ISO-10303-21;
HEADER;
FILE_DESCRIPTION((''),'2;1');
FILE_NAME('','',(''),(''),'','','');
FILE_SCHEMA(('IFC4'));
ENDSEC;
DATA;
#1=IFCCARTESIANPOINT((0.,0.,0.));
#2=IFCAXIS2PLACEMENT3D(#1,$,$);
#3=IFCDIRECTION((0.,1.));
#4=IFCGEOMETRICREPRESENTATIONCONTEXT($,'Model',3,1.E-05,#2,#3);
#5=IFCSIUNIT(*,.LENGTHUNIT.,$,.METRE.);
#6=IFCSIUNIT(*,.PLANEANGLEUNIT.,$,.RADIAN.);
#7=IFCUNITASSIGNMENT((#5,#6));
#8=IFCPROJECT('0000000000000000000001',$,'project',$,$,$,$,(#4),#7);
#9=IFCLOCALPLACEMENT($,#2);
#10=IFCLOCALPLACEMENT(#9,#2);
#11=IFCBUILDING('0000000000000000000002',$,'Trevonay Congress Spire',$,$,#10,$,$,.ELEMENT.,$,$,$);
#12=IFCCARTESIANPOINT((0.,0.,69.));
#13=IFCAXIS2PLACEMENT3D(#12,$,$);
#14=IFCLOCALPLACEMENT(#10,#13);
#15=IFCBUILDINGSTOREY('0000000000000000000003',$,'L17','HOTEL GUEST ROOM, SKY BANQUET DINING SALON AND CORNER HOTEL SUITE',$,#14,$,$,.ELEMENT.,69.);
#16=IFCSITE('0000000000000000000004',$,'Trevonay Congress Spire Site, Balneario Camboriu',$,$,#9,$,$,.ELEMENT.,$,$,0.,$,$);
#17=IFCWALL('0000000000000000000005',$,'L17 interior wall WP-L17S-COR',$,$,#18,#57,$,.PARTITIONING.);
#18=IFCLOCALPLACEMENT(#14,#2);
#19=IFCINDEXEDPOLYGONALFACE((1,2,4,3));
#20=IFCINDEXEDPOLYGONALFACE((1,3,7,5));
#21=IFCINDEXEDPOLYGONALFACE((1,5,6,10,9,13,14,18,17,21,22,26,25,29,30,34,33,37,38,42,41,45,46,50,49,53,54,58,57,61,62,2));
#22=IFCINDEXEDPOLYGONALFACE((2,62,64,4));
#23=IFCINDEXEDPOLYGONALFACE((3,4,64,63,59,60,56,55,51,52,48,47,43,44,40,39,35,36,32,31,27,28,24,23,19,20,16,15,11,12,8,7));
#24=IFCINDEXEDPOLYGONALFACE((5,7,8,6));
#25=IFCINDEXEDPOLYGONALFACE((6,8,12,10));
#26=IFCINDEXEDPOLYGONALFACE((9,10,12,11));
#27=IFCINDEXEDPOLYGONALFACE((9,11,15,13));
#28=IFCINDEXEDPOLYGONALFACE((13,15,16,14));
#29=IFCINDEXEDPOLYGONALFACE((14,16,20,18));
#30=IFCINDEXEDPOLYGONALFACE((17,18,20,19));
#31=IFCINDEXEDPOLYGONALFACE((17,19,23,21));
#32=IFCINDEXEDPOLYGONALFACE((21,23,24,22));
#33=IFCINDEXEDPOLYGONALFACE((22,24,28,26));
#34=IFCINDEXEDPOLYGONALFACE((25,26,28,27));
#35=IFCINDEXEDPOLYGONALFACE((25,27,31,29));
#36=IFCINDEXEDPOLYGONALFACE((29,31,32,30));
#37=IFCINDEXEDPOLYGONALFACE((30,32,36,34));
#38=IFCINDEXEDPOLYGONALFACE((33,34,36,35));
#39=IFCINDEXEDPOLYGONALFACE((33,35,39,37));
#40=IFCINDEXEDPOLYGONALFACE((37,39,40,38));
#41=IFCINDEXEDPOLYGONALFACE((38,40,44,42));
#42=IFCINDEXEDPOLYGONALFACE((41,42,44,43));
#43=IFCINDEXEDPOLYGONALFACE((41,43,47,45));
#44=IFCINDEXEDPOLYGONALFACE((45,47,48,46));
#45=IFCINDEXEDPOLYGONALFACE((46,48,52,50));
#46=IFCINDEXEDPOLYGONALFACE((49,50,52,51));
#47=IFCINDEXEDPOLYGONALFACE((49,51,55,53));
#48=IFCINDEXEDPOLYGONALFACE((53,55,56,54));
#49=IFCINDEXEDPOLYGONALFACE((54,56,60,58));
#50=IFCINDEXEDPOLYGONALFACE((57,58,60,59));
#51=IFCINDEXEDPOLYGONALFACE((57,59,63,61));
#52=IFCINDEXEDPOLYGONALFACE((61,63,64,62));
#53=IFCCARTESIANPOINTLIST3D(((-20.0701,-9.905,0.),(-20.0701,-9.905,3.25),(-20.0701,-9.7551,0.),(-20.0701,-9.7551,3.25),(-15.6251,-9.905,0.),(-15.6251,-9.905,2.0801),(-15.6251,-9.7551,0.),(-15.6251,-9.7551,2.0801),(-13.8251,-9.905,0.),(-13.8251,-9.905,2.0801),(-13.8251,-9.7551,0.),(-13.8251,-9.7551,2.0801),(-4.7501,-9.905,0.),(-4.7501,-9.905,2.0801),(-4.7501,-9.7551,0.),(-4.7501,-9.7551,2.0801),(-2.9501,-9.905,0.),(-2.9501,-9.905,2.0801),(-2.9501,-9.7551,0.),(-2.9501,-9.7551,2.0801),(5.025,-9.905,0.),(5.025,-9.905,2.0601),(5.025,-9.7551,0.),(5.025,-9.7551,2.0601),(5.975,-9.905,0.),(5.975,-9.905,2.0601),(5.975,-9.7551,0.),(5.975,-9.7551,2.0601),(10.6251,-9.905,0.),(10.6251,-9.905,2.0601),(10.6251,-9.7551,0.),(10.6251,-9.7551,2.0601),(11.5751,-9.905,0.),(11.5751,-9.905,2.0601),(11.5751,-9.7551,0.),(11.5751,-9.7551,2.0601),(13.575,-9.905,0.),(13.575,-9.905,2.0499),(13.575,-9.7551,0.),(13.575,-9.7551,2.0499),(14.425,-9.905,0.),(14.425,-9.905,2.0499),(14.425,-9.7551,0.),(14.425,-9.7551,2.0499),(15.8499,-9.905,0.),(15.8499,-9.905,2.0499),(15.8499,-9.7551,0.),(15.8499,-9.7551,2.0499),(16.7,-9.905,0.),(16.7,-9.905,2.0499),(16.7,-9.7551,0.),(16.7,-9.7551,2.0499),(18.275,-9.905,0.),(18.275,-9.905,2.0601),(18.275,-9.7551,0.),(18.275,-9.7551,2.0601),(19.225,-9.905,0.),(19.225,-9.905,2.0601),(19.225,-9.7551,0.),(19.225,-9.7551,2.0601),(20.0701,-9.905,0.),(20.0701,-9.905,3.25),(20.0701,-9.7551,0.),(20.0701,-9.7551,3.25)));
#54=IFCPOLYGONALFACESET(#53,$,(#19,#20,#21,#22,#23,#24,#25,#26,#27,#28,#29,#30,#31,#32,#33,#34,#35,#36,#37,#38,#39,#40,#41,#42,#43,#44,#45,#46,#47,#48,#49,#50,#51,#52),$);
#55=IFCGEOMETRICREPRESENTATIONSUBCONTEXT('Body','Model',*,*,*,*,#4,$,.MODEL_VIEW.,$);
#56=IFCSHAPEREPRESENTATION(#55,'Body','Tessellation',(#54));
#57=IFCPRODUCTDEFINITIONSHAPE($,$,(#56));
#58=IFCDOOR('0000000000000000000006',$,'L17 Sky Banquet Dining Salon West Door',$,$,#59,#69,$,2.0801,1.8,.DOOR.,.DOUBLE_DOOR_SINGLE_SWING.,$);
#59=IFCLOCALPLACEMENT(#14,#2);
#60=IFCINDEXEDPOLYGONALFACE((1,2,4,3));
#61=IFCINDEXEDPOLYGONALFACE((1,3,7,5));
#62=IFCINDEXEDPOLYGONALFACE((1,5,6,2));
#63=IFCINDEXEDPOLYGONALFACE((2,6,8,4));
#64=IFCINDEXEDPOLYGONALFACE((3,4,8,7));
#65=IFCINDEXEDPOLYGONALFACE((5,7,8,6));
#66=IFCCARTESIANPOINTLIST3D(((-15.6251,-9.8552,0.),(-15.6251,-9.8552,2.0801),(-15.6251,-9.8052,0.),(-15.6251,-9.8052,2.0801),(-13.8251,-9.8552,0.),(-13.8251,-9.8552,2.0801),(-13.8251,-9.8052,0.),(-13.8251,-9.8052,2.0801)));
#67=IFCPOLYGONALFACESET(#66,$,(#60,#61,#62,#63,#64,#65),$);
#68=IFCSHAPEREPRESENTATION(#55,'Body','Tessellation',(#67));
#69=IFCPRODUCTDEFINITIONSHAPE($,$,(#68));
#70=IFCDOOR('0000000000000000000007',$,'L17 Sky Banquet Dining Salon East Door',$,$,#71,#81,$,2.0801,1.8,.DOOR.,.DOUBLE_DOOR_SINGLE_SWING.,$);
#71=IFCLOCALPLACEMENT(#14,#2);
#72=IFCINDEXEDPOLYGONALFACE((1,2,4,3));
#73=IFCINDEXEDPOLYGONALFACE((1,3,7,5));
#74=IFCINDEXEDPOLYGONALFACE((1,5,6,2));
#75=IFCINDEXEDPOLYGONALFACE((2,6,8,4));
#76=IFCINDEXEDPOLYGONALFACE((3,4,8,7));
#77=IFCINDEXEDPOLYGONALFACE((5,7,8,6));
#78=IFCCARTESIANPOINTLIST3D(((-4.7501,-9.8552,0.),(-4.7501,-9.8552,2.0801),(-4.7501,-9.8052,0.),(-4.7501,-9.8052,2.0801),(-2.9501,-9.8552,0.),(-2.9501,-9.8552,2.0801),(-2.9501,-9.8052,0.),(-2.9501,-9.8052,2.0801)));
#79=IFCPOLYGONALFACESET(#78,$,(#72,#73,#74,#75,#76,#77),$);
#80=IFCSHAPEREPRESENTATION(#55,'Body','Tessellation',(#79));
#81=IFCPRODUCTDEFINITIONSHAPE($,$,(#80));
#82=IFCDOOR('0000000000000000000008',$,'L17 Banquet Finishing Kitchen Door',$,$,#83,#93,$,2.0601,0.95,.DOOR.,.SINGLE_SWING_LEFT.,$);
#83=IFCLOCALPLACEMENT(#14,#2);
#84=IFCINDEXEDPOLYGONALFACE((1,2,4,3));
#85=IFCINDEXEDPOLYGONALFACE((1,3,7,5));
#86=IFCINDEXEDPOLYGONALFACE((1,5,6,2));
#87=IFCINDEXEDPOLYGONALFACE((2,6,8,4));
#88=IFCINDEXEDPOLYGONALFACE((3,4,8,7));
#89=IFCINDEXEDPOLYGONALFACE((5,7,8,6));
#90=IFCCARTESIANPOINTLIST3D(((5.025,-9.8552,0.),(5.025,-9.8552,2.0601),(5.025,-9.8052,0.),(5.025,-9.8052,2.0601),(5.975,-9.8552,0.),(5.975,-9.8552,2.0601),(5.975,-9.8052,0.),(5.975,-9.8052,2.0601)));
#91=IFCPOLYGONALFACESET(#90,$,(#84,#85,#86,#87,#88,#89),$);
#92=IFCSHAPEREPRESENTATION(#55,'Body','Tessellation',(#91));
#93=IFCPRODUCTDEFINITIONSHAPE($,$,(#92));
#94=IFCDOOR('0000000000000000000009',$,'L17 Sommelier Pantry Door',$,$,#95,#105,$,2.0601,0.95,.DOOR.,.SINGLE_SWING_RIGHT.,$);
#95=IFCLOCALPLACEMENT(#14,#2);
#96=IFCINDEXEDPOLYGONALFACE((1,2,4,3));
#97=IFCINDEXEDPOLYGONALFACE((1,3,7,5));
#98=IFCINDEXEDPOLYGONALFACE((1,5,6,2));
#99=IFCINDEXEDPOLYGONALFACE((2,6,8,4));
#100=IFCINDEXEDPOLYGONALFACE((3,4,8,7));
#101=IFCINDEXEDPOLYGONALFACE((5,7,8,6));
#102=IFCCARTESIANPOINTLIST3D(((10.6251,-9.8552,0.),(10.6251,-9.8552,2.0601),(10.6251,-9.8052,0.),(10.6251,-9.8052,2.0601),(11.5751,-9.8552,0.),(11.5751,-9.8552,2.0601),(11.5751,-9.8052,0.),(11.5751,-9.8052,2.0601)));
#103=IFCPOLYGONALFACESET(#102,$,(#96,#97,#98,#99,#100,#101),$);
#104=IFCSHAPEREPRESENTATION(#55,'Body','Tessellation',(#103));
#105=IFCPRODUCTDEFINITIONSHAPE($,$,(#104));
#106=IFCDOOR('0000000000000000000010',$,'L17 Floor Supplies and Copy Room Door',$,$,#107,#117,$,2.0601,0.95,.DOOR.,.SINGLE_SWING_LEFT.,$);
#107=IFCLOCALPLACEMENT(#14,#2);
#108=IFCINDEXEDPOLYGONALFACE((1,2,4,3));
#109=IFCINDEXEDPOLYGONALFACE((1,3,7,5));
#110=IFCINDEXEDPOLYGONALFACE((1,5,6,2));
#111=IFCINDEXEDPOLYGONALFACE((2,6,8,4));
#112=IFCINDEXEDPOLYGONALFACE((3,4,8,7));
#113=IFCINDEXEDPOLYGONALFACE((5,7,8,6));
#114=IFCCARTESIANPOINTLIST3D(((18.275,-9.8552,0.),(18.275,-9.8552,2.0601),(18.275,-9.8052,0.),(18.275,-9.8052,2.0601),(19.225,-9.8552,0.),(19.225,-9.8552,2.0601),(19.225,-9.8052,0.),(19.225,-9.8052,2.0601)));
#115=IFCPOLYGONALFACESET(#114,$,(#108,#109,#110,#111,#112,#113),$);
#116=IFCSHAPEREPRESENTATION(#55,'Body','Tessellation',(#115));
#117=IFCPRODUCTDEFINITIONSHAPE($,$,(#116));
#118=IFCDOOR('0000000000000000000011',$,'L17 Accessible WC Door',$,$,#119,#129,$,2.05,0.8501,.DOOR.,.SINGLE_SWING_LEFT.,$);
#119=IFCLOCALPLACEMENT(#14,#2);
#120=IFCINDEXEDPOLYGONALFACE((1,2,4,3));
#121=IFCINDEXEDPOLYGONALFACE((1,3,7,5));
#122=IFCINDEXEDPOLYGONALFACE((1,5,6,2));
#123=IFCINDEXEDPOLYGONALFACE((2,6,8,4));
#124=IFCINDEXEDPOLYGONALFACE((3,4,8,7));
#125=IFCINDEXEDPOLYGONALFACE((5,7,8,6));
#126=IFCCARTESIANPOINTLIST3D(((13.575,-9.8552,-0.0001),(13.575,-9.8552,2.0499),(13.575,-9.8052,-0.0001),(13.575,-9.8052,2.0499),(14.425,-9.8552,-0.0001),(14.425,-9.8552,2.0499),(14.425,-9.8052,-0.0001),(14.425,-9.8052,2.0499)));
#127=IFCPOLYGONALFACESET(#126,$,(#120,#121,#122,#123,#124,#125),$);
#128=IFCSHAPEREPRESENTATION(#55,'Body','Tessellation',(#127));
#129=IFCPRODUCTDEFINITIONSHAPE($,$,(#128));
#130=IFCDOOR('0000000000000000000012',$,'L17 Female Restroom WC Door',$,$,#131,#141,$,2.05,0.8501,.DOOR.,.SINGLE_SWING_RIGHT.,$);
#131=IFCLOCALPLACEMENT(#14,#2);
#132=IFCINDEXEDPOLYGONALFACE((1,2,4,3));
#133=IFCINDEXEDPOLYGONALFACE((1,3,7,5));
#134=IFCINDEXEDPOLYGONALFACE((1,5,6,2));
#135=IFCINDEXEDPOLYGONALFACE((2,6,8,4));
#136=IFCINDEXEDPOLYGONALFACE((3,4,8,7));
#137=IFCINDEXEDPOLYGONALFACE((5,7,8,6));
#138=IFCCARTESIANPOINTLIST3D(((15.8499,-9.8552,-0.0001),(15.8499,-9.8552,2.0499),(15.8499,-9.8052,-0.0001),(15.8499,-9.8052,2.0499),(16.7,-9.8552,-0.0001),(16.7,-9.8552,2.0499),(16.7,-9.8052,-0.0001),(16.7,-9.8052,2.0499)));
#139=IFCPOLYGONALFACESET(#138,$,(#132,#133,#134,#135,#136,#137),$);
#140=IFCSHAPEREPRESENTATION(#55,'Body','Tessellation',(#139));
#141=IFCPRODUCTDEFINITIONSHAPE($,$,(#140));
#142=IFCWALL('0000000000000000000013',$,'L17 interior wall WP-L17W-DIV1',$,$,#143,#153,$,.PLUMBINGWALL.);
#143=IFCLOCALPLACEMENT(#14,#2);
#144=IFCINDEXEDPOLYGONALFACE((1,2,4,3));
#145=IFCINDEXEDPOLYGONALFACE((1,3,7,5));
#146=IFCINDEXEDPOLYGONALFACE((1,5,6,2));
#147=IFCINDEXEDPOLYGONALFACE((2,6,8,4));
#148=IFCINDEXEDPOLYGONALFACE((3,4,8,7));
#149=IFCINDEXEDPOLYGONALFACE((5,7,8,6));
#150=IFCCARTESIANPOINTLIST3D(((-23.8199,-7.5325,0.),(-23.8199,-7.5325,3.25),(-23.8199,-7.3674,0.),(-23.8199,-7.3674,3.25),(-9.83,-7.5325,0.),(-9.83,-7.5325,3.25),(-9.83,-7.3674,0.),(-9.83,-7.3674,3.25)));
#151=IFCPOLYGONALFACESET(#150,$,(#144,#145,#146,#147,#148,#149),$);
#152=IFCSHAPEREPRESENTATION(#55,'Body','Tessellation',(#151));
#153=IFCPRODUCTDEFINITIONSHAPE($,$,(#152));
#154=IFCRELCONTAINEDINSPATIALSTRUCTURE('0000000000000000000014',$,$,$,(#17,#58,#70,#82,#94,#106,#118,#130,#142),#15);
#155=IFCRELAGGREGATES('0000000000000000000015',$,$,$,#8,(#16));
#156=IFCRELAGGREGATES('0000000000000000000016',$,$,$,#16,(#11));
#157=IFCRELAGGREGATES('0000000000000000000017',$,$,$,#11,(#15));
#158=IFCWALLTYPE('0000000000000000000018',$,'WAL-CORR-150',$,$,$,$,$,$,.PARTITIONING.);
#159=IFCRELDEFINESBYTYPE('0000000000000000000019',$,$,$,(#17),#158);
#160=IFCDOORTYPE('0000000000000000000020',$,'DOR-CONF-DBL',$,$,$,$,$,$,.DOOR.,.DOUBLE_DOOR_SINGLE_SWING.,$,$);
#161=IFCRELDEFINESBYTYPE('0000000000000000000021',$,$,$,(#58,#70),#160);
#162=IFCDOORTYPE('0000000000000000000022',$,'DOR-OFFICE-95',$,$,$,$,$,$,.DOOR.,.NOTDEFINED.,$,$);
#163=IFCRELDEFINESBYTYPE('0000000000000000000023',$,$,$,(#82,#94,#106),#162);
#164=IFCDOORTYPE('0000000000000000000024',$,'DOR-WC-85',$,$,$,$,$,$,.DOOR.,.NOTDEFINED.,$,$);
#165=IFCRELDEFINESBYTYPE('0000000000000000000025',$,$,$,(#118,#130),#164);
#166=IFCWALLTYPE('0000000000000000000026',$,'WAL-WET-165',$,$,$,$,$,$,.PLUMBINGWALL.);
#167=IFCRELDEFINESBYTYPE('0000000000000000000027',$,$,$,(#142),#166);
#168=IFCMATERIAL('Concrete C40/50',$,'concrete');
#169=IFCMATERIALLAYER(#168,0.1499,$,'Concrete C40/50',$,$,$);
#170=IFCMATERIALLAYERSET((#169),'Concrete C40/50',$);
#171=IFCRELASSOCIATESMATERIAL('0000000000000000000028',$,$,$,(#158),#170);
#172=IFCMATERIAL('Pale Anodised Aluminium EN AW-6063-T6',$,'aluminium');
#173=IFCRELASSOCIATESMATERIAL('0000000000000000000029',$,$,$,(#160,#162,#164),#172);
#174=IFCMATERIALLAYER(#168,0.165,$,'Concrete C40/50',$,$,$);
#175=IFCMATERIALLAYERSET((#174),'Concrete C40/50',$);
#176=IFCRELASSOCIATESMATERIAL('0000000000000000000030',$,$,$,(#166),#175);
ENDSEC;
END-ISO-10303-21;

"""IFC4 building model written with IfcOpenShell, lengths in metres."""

from ifc_helpers import new_model, si_unit, direction, frame, frame_2d, origin, place, context, subcontext, project, spatial, rectangle, extrude, material, layer, layer_set, type_object, element, fill, save


model = new_model("IFC4")

# Units and contexts
model_context = context("Model", 3, precision=1e-05, world=origin(), true_north=direction((0.0, 1.0)))
body_context = subcontext(model_context, "Body", "Model", "MODEL_VIEW")
ifc_project = project(units=[si_unit("LENGTHUNIT", "METRE"), si_unit("PLANEANGLEUNIT", "RADIAN")], contexts=[model_context])

# Site, building, storey
site_placement = place(None, origin())
site = spatial("IfcSite", under=ifc_project, at=site_placement, Name="Trevonay Congress Spire Site, Balneario Camboriu", CompositionType="ELEMENT", RefElevation=0.0)
building_placement = place(site_placement, origin())
building = spatial("IfcBuilding", under=site, at=building_placement, Name="Trevonay Congress Spire", CompositionType="ELEMENT")
storey_placement = place(building_placement, frame((0.0, 0.0, 69.0)))
storey = spatial("IfcBuildingStorey", under=building, at=storey_placement, Name="L17", Description="HOTEL GUEST ROOM, SKY BANQUET DINING SALON AND CORNER HOTEL SUITE", CompositionType="ELEMENT", Elevation=69.0)

# Shared definitions
ifc_material_1 = material(Name="Pale Anodised Aluminium EN AW-6063-T6", Category="aluminium")

# Wall, openings, doors
ifc_material_2 = material(Name="Concrete C40/50", Category="concrete")
ifc_layer_1 = layer(ifc_material_2, 0.1499, Name="Concrete C40/50")
ifc_layer_set_1 = layer_set([ifc_layer_1], Name="Concrete C40/50")
wall_type_1 = type_object("IfcWallType", Name="WAL-CORR-150", PredefinedType="PARTITIONING", material=ifc_layer_set_1)
wall_1_placement = place(storey_placement, frame((-20.0701, -9.8301, 0.0), z_axis=(0.0, 0.0, 1.0), x_axis=(1.0, 0.0, 0.0)))
wall_1 = element("IfcWall", 1, at=wall_1_placement, inside=storey, type_object=wall_type_1, Name="L17 interior wall WP-L17S-COR", PredefinedType="PARTITIONING", context=body_context, shape_type="SweptSolid", body=[
    extrude(rectangle(XDim=40.1401, YDim=0.1499, at=frame_2d((20.0701, 0.0))), origin(), (0.0, 0.0, 1.0), 3.25),
])
opening_1_placement = place(wall_1_placement, frame((4.4451, 0.0, 0.0)))
opening_1 = element("IfcOpeningElement", 2, at=opening_1_placement, cuts=wall_1, PredefinedType="OPENING", context=body_context, shape_type="SweptSolid", body=[
    extrude(rectangle(XDim=1.8, YDim=2.0801, at=frame_2d((0.8999, 1.04))), frame((0.0, 0.085, 0.0), z_axis=(0.0, -1.0, 0.0), x_axis=(1.0, 0.0, 0.0)), (0.0, 0.0, 1.0), 0.1699),
])
opening_2_placement = place(wall_1_placement, frame((15.3201, 0.0, 0.0)))
opening_2 = element("IfcOpeningElement", 3, at=opening_2_placement, cuts=wall_1, PredefinedType="OPENING", context=body_context, shape_type="SweptSolid", body=[
    extrude(rectangle(XDim=1.8, YDim=2.0801, at=frame_2d((0.8999, 1.04))), frame((0.0, 0.085, 0.0), z_axis=(0.0, -1.0, 0.0), x_axis=(1.0, 0.0, 0.0)), (0.0, 0.0, 1.0), 0.1699),
])
opening_3_placement = place(wall_1_placement, frame((25.095, 0.0, 0.0)))
opening_3 = element("IfcOpeningElement", 4, at=opening_3_placement, cuts=wall_1, PredefinedType="OPENING", context=body_context, shape_type="SweptSolid", body=[
    extrude(rectangle(XDim=0.95, YDim=2.0601, at=frame_2d((0.4751, 1.03))), frame((0.0, 0.085, 0.0), z_axis=(0.0, -1.0, 0.0), x_axis=(1.0, 0.0, 0.0)), (0.0, 0.0, 1.0), 0.1699),
])
opening_4_placement = place(wall_1_placement, frame((30.6951, 0.0, 0.0)))
opening_4 = element("IfcOpeningElement", 5, at=opening_4_placement, cuts=wall_1, PredefinedType="OPENING", context=body_context, shape_type="SweptSolid", body=[
    extrude(rectangle(XDim=0.95, YDim=2.0601, at=frame_2d((0.4751, 1.03))), frame((0.0, 0.085, 0.0), z_axis=(0.0, -1.0, 0.0), x_axis=(1.0, 0.0, 0.0)), (0.0, 0.0, 1.0), 0.1699),
])
opening_5_placement = place(wall_1_placement, frame((33.645, 0.0, 0.0)))
opening_5 = element("IfcOpeningElement", 6, at=opening_5_placement, cuts=wall_1, PredefinedType="OPENING", context=body_context, shape_type="SweptSolid", body=[
    extrude(rectangle(XDim=0.8501, YDim=2.05, at=frame_2d((0.425, 1.0249))), frame((0.0, 0.085, 0.0), z_axis=(0.0, -1.0, 0.0), x_axis=(1.0, 0.0, 0.0)), (0.0, 0.0, 1.0), 0.1699),
])
opening_6_placement = place(wall_1_placement, frame((35.9199, 0.0, 0.0)))
opening_6 = element("IfcOpeningElement", 7, at=opening_6_placement, cuts=wall_1, PredefinedType="OPENING", context=body_context, shape_type="SweptSolid", body=[
    extrude(rectangle(XDim=0.8501, YDim=2.05, at=frame_2d((0.425, 1.0249))), frame((0.0, 0.085, 0.0), z_axis=(0.0, -1.0, 0.0), x_axis=(1.0, 0.0, 0.0)), (0.0, 0.0, 1.0), 0.1699),
])
opening_7_placement = place(wall_1_placement, frame((38.345, 0.0, 0.0)))
opening_7 = element("IfcOpeningElement", 8, at=opening_7_placement, cuts=wall_1, PredefinedType="OPENING", context=body_context, shape_type="SweptSolid", body=[
    extrude(rectangle(XDim=0.95, YDim=2.0601, at=frame_2d((0.4751, 1.03))), frame((0.0, 0.085, 0.0), z_axis=(0.0, -1.0, 0.0), x_axis=(1.0, 0.0, 0.0)), (0.0, 0.0, 1.0), 0.1699),
])
door_type_1 = type_object("IfcDoorType", Name="DOR-CONF-DBL", OperationType="DOUBLE_DOOR_SINGLE_SWING", PredefinedType="DOOR", material=ifc_material_1)
door_1_placement = place(opening_1_placement, origin())
door_1 = element("IfcDoor", 9, at=door_1_placement, inside=storey, type_object=door_type_1, Name="L17 Sky Banquet Dining Salon West Door", OperationType="DOUBLE_DOOR_SINGLE_SWING", OverallHeight=2.0801, OverallWidth=1.8, PredefinedType="DOOR", context=body_context, shape_type="SweptSolid", body=[
    extrude(rectangle(XDim=1.8, YDim=2.0801, at=frame_2d((0.8999, 1.04))), frame((0.0, 0.0249, 0.0), z_axis=(0.0, -1.0, 0.0), x_axis=(1.0, 0.0, 0.0)), (0.0, 0.0, 1.0), 0.05),
])
fill(opening_1, door_1)
door_2_placement = place(opening_2_placement, origin())
door_2 = element("IfcDoor", 10, at=door_2_placement, inside=storey, type_object=door_type_1, Name="L17 Sky Banquet Dining Salon East Door", OperationType="DOUBLE_DOOR_SINGLE_SWING", OverallHeight=2.0801, OverallWidth=1.8, PredefinedType="DOOR", context=body_context, shape_type="SweptSolid", body=[
    extrude(rectangle(XDim=1.8, YDim=2.0801, at=frame_2d((0.8999, 1.04))), frame((0.0, 0.0249, 0.0), z_axis=(0.0, -1.0, 0.0), x_axis=(1.0, 0.0, 0.0)), (0.0, 0.0, 1.0), 0.05),
])
fill(opening_2, door_2)
door_type_2 = type_object("IfcDoorType", Name="DOR-OFFICE-95", OperationType="NOTDEFINED", PredefinedType="DOOR", material=ifc_material_1)
door_3_placement = place(opening_3_placement, origin())
door_3 = element("IfcDoor", 11, at=door_3_placement, inside=storey, type_object=door_type_2, Name="L17 Banquet Finishing Kitchen Door", OperationType="SINGLE_SWING_LEFT", OverallHeight=2.0601, OverallWidth=0.95, PredefinedType="DOOR", context=body_context, shape_type="SweptSolid", body=[
    extrude(rectangle(XDim=0.95, YDim=2.0601, at=frame_2d((0.4751, 1.03))), frame((0.0, 0.0249, 0.0), z_axis=(0.0, -1.0, 0.0), x_axis=(1.0, 0.0, 0.0)), (0.0, 0.0, 1.0), 0.05),
])
fill(opening_3, door_3)
door_4_placement = place(opening_4_placement, origin())
door_4 = element("IfcDoor", 12, at=door_4_placement, inside=storey, type_object=door_type_2, Name="L17 Sommelier Pantry Door", OperationType="SINGLE_SWING_RIGHT", OverallHeight=2.0601, OverallWidth=0.95, PredefinedType="DOOR", context=body_context, shape_type="SweptSolid", body=[
    extrude(rectangle(XDim=0.95, YDim=2.0601, at=frame_2d((0.4751, 1.03))), frame((0.0, 0.0249, 0.0), z_axis=(0.0, -1.0, 0.0), x_axis=(1.0, 0.0, 0.0)), (0.0, 0.0, 1.0), 0.05),
])
fill(opening_4, door_4)
door_5_placement = place(opening_7_placement, origin())
door_5 = element("IfcDoor", 13, at=door_5_placement, inside=storey, type_object=door_type_2, Name="L17 Floor Supplies and Copy Room Door", OperationType="SINGLE_SWING_LEFT", OverallHeight=2.0601, OverallWidth=0.95, PredefinedType="DOOR", context=body_context, shape_type="SweptSolid", body=[
    extrude(rectangle(XDim=0.95, YDim=2.0601, at=frame_2d((0.4751, 1.03))), frame((0.0, 0.0249, 0.0), z_axis=(0.0, -1.0, 0.0), x_axis=(1.0, 0.0, 0.0)), (0.0, 0.0, 1.0), 0.05),
])
fill(opening_7, door_5)
door_type_3 = type_object("IfcDoorType", Name="DOR-WC-85", OperationType="NOTDEFINED", PredefinedType="DOOR", material=ifc_material_1)
door_6_placement = place(opening_5_placement, origin())
door_6 = element("IfcDoor", 14, at=door_6_placement, inside=storey, type_object=door_type_3, Name="L17 Accessible WC Door", OperationType="SINGLE_SWING_LEFT", OverallHeight=2.05, OverallWidth=0.8501, PredefinedType="DOOR", context=body_context, shape_type="SweptSolid", body=[
    extrude(rectangle(XDim=0.8501, YDim=2.05, at=frame_2d((0.425, 1.0249))), frame((0.0, 0.0249, 0.0), z_axis=(0.0, -1.0, 0.0), x_axis=(1.0, 0.0, 0.0)), (0.0, 0.0, 1.0), 0.05),
])
fill(opening_5, door_6)
door_7_placement = place(opening_6_placement, origin())
door_7 = element("IfcDoor", 15, at=door_7_placement, inside=storey, type_object=door_type_3, Name="L17 Female Restroom WC Door", OperationType="SINGLE_SWING_RIGHT", OverallHeight=2.05, OverallWidth=0.8501, PredefinedType="DOOR", context=body_context, shape_type="SweptSolid", body=[
    extrude(rectangle(XDim=0.8501, YDim=2.05, at=frame_2d((0.425, 1.0249))), frame((0.0, 0.0249, 0.0), z_axis=(0.0, -1.0, 0.0), x_axis=(1.0, 0.0, 0.0)), (0.0, 0.0, 1.0), 0.05),
])
fill(opening_6, door_7)

# Wall
ifc_layer_2 = layer(ifc_material_2, 0.165, Name="Concrete C40/50")
ifc_layer_set_2 = layer_set([ifc_layer_2], Name="Concrete C40/50")
wall_type_2 = type_object("IfcWallType", Name="WAL-WET-165", PredefinedType="PLUMBINGWALL", material=ifc_layer_set_2)
wall_2_placement = place(storey_placement, frame((-23.8201, -7.45, 0.0), z_axis=(0.0, 0.0, 1.0), x_axis=(1.0, 0.0, 0.0)))
element("IfcWall", 16, at=wall_2_placement, inside=storey, type_object=wall_type_2, Name="L17 interior wall WP-L17W-DIV1", PredefinedType="PLUMBINGWALL", context=body_context, shape_type="SweptSolid", body=[
    extrude(rectangle(XDim=13.99, YDim=0.165, at=frame_2d((6.9951, 0.0))), origin(), (0.0, 0.0, 1.0), 3.25),
])

save(model, "model.ifc")
